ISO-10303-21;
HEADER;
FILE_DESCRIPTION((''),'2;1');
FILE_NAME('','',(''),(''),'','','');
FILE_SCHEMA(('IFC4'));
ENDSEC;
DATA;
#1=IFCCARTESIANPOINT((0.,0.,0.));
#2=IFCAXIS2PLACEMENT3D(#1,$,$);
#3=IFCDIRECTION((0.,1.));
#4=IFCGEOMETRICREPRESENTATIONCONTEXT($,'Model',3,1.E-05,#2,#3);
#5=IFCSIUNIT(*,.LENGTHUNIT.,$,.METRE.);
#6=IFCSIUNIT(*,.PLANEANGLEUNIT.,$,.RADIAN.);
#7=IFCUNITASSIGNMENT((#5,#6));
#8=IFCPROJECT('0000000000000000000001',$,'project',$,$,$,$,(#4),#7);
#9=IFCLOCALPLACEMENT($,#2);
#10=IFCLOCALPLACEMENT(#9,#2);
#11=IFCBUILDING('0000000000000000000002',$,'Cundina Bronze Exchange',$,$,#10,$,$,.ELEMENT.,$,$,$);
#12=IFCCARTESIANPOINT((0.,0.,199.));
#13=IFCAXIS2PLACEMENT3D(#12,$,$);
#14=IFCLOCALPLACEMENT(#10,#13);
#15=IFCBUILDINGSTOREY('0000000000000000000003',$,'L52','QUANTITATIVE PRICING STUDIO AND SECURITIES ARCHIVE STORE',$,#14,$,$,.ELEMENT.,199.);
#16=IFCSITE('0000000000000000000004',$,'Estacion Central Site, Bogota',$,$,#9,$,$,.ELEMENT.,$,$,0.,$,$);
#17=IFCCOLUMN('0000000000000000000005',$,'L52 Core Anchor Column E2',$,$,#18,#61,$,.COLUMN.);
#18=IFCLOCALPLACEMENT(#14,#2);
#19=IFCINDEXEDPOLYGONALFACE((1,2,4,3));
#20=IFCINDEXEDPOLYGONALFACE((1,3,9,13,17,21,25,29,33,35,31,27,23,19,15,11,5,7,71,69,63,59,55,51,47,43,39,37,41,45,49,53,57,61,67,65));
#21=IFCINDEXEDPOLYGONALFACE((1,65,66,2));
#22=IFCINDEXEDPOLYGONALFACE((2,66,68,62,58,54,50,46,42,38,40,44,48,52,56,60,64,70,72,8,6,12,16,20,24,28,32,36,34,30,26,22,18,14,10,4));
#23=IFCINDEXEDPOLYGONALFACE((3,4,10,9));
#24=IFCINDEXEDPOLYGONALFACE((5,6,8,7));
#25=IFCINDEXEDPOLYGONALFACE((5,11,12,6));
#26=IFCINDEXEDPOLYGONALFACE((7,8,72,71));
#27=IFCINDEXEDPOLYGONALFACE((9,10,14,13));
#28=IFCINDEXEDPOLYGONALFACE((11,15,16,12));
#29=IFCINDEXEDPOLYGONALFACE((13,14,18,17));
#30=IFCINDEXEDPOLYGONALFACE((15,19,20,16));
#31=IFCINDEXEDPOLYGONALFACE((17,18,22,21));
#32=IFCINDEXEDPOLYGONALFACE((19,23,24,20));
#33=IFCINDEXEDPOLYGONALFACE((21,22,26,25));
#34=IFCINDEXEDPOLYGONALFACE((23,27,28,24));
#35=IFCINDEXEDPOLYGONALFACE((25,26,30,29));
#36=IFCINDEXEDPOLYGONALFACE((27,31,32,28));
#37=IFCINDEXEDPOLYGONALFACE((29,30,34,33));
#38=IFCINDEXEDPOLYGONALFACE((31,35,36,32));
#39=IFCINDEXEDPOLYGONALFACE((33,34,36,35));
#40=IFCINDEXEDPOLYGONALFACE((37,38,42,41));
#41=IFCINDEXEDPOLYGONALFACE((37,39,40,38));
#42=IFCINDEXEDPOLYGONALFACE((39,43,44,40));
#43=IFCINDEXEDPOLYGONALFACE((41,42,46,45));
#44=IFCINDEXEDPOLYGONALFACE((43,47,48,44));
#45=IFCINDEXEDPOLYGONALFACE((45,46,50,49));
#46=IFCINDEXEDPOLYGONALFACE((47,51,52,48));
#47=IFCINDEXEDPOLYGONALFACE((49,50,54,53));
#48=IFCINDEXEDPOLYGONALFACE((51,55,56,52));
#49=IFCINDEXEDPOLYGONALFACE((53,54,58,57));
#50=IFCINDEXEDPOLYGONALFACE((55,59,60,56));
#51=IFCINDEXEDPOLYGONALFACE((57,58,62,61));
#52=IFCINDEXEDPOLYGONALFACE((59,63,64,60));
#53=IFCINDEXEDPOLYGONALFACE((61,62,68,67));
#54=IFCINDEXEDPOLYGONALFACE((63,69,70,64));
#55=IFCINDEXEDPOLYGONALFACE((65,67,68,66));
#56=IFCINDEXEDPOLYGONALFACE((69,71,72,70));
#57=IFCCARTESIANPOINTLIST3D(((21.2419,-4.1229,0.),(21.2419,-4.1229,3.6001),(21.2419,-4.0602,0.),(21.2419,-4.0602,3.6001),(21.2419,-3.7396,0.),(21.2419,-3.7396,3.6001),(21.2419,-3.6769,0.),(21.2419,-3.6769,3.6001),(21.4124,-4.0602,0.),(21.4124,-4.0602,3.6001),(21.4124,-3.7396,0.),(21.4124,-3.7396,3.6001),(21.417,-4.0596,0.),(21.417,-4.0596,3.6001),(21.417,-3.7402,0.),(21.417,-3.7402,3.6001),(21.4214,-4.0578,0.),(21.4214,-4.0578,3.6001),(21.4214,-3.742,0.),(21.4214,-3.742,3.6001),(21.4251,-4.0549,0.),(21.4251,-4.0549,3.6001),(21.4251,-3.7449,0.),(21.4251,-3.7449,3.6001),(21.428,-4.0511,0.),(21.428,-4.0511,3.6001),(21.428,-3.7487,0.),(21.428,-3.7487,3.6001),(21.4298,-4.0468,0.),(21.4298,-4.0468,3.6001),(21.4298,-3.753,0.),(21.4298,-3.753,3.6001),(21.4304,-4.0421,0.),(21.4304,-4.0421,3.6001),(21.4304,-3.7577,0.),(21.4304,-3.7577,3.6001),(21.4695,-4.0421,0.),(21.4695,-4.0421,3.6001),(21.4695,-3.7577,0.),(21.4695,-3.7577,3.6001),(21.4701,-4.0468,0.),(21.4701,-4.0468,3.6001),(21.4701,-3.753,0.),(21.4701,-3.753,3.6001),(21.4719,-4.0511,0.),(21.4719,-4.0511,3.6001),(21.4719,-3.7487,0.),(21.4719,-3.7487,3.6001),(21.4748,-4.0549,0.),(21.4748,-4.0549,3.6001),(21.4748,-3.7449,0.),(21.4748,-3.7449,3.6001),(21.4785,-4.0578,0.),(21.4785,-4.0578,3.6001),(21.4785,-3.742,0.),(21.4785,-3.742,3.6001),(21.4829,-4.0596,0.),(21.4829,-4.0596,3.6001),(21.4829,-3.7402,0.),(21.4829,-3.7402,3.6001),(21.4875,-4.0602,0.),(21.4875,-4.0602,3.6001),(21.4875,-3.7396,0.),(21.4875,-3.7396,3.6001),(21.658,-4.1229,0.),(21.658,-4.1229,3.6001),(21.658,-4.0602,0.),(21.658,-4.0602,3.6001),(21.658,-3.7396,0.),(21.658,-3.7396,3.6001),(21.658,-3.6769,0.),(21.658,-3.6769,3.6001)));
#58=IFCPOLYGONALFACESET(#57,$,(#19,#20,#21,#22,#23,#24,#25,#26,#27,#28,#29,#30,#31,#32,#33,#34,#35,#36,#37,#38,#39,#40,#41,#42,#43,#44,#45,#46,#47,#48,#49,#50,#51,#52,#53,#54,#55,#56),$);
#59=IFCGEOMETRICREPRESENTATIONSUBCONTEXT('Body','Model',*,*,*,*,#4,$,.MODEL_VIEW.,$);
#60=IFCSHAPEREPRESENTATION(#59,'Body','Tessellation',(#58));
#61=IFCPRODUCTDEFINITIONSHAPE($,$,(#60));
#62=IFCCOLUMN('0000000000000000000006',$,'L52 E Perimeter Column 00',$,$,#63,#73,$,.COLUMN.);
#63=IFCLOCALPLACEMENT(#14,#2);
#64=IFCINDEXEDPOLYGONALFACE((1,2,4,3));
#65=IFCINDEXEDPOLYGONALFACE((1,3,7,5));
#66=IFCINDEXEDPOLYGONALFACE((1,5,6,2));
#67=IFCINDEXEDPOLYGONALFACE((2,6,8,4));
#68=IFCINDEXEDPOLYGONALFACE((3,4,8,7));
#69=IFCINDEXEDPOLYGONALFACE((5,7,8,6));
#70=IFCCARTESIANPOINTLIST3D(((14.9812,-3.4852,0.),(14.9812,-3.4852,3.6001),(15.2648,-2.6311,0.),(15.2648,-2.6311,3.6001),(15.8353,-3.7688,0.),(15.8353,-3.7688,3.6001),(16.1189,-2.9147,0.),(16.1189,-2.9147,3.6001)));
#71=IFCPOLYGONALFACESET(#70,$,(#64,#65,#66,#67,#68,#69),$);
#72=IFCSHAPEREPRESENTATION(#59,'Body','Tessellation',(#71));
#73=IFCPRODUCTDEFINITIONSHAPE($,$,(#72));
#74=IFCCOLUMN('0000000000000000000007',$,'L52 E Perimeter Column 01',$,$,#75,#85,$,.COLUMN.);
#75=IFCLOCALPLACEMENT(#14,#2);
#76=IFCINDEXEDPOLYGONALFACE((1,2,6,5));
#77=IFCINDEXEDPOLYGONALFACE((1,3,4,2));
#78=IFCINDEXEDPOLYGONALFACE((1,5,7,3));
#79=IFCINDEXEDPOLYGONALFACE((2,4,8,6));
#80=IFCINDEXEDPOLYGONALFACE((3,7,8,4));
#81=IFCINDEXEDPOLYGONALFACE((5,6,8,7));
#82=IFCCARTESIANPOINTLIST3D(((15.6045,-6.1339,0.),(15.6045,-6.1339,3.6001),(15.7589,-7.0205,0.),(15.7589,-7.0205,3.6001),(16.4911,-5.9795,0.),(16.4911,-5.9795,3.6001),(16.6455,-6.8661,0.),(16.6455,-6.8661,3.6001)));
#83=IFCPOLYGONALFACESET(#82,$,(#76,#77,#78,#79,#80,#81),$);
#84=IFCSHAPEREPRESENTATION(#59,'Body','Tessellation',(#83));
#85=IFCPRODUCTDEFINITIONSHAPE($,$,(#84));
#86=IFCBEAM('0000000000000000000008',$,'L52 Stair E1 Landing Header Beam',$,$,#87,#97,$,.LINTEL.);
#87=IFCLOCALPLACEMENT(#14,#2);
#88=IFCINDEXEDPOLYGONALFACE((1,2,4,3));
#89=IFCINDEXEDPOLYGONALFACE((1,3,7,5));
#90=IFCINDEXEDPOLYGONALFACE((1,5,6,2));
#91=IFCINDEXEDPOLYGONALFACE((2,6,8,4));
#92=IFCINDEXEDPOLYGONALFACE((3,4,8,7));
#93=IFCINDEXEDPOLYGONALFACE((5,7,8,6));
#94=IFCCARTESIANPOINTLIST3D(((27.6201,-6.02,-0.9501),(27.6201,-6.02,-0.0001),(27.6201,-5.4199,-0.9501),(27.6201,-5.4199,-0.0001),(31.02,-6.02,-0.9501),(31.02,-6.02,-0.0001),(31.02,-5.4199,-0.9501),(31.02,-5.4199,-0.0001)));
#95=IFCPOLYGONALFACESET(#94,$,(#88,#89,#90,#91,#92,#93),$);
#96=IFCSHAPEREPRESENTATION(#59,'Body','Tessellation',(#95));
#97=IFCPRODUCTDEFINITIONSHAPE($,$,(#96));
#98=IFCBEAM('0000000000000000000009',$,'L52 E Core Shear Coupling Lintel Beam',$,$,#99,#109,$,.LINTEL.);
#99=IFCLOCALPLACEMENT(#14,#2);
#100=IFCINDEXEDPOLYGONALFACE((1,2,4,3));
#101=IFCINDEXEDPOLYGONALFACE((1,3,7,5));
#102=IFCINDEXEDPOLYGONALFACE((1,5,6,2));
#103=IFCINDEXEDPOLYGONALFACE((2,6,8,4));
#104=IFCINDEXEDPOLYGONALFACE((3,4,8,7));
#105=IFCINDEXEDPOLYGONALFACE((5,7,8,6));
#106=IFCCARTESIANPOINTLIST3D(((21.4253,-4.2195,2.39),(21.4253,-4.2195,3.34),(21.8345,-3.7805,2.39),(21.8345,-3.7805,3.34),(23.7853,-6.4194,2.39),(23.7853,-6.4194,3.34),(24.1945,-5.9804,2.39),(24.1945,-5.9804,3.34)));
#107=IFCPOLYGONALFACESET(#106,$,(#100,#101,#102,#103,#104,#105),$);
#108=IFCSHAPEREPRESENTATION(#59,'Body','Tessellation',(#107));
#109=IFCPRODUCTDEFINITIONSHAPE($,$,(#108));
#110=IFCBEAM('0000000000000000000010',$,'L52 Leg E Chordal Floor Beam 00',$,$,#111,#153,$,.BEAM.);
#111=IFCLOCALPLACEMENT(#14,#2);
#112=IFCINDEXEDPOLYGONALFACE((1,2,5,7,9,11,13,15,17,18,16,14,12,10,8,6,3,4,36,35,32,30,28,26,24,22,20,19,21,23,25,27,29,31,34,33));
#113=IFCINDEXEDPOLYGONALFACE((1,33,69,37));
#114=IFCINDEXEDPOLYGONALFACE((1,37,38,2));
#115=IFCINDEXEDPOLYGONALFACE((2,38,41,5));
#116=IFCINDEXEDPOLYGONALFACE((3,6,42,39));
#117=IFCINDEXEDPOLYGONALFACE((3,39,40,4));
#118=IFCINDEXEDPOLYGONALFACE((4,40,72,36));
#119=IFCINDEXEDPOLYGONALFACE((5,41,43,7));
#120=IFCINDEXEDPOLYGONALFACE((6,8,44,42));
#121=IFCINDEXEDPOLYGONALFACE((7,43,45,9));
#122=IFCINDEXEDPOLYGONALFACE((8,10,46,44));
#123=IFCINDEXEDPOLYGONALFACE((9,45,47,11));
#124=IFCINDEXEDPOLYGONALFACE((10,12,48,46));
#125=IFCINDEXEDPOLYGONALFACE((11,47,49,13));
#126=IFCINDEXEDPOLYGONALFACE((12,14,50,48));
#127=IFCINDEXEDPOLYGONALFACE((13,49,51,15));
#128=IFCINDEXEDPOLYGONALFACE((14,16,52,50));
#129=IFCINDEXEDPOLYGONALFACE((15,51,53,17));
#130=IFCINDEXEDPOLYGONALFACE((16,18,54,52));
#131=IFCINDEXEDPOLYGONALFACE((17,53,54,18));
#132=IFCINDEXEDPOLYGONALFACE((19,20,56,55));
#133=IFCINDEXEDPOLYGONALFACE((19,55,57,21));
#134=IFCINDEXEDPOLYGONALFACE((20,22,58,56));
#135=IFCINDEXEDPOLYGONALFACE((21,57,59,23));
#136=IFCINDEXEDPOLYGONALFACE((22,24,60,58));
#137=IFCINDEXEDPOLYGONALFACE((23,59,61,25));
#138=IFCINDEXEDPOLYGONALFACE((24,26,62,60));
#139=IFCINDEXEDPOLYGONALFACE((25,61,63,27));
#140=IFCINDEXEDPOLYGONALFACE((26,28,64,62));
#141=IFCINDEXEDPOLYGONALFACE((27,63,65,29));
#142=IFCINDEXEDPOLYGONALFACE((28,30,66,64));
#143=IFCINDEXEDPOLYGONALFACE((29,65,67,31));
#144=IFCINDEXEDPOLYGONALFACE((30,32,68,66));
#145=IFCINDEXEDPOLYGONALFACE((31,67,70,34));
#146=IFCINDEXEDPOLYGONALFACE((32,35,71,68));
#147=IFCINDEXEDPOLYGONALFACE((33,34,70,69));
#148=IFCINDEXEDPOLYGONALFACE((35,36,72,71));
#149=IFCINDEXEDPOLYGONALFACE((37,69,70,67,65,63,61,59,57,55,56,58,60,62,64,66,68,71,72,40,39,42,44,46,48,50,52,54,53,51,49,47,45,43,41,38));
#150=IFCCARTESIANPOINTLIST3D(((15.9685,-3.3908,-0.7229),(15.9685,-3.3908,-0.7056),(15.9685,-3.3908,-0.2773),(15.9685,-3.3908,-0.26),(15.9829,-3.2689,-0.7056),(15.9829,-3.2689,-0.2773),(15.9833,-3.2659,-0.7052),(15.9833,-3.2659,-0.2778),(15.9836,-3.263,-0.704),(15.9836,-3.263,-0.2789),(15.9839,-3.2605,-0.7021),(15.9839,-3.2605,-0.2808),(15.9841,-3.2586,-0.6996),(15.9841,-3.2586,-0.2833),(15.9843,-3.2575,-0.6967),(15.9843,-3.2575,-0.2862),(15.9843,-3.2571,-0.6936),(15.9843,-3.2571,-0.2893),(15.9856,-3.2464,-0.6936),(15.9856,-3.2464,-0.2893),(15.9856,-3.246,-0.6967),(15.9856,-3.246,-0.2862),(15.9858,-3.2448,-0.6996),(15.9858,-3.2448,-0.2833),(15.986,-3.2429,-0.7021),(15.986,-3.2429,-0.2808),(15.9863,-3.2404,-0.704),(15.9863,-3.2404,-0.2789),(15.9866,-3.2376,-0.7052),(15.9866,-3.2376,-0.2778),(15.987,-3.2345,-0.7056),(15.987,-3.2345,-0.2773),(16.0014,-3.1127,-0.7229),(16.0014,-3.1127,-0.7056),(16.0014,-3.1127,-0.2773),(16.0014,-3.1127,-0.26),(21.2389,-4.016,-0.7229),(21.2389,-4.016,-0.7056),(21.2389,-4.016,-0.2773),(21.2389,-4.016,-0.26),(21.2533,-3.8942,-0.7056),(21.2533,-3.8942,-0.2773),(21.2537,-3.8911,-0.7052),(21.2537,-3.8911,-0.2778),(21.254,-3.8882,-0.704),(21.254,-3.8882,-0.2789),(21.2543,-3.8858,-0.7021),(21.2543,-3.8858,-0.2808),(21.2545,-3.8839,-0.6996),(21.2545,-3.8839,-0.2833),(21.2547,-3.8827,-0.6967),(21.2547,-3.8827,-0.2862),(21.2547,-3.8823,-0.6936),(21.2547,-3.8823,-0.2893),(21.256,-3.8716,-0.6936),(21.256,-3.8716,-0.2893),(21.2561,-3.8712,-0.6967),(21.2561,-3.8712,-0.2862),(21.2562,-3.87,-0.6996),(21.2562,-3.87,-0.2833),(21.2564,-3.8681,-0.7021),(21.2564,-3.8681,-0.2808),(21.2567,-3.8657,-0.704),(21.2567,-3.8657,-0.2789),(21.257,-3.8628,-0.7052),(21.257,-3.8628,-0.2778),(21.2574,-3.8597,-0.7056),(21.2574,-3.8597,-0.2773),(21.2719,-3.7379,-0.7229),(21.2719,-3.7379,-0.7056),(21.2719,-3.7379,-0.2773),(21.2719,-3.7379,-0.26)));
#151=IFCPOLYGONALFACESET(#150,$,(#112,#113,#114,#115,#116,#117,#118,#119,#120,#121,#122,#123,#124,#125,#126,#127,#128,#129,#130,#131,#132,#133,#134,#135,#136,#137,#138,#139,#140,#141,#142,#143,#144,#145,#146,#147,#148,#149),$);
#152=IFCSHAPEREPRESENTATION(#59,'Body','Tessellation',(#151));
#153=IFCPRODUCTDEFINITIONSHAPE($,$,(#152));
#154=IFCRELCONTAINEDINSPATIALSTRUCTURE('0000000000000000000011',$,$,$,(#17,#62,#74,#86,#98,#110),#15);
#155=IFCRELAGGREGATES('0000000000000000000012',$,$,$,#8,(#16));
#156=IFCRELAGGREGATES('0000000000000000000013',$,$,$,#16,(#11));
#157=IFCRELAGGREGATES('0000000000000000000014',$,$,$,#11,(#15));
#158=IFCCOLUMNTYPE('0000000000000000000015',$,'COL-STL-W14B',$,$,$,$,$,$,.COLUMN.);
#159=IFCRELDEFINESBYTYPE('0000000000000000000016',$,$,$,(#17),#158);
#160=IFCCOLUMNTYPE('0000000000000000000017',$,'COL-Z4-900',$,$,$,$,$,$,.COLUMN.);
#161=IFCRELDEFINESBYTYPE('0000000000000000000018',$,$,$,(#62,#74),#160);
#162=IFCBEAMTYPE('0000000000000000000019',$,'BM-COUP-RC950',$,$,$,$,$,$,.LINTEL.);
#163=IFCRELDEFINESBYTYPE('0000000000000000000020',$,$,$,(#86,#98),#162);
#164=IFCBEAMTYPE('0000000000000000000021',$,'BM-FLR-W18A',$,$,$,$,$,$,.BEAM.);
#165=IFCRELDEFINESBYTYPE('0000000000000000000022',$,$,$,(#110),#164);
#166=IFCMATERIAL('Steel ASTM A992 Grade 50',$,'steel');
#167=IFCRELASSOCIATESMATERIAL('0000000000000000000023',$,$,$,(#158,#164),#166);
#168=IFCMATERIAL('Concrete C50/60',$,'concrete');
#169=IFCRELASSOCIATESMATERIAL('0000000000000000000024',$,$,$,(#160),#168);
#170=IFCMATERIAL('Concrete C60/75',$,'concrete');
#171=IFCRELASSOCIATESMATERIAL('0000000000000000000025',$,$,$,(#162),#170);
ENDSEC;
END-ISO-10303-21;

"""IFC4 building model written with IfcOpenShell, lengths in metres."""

from ifc_helpers import new_model, si_unit, direction, frame, origin, origin_2d, place, context, subcontext, project, spatial, rectangle, i_section, extrude, material, material_profile, profile_set, type_object, element, save


model = new_model("IFC4")

# Units and contexts
model_context = context("Model", 3, precision=1e-05, world=origin(), true_north=direction((0.0, 1.0)))
body_context = subcontext(model_context, "Body", "Model", "MODEL_VIEW")
ifc_project = project(units=[si_unit("LENGTHUNIT", "METRE"), si_unit("PLANEANGLEUNIT", "RADIAN")], contexts=[model_context])

# Site, building, storey
site_placement = place(None, origin())
site = spatial("IfcSite", under=ifc_project, at=site_placement, Name="Estacion Central Site, Bogota", CompositionType="ELEMENT", RefElevation=0.0)
building_placement = place(site_placement, origin())
building = spatial("IfcBuilding", under=site, at=building_placement, Name="Cundina Bronze Exchange", CompositionType="ELEMENT")
storey_placement = place(building_placement, frame((0.0, 0.0, 199.0)))
storey = spatial("IfcBuildingStorey", under=building, at=storey_placement, Name="L52", Description="QUANTITATIVE PRICING STUDIO AND SECURITIES ARCHIVE STORE", CompositionType="ELEMENT", Elevation=199.0)

# Columns
ifc_material_1 = material(Name="Steel ASTM A992 Grade 50", Category="steel")
ifc_material_profile_1 = material_profile(ifc_material_1, i_section(OverallWidth=0.416, OverallDepth=0.446, WebThickness=0.0391, FlangeThickness=0.0627, FilletRadius=0.0181, at=origin_2d()), Name="W14X342", Category="steel")
ifc_profile_set_1 = profile_set([ifc_material_profile_1], Name="Steel ASTM A992 Grade 50")
column_type_1 = type_object("IfcColumnType", Name="COL-STL-W14B", PredefinedType="COLUMN", material=ifc_profile_set_1)
column_placement = place(storey_placement, frame((21.45, -3.8999, 0.0), z_axis=(0.0, 0.0, 1.0), x_axis=(1.0, 0.0, 0.0)))
element("IfcColumn", 1, at=column_placement, inside=storey, type_object=column_type_1, Name="L52 Core Anchor Column E2", PredefinedType="COLUMN", context=body_context, shape_type="SweptSolid", body=[
    extrude(i_section(OverallWidth=0.416, OverallDepth=0.446, WebThickness=0.0391, FlangeThickness=0.0627, FilletRadius=0.0181, at=origin_2d()), origin(), (0.0, 0.0, 1.0), 3.6001),
])
ifc_material_2 = material(Name="Concrete C50/60", Category="concrete")
ifc_material_profile_2 = material_profile(ifc_material_2, rectangle(XDim=0.8999, YDim=0.8999, at=origin_2d()), Name="RC900X900", Category="concrete")
ifc_profile_set_2 = profile_set([ifc_material_profile_2], Name="Concrete C50/60")
column_type_2 = type_object("IfcColumnType", Name="COL-Z4-900", PredefinedType="COLUMN", material=ifc_profile_set_2)
for number, where, z_axis, x_axis, name in (
    (2, (15.55, -3.2, 0.0), (0.0, 0.0, 1.0), (-0.315152, -0.949041, 0.0), "L52 E Perimeter Column 00"),
    (3, (16.125, -6.5, 0.0), (0.0, 0.0, 1.0), (0.171585, -0.985169, 0.0), "L52 E Perimeter Column 01"),
):
    element("IfcColumn", number, at=place(storey_placement, frame(where, z_axis=z_axis, x_axis=x_axis)), inside=storey, type_object=column_type_2, Name=name, PredefinedType="COLUMN", context=body_context, shape_type="SweptSolid", body=[
        extrude(rectangle(XDim=0.8999, YDim=0.8999, at=origin_2d()), origin(), (0.0, 0.0, 1.0), 3.6001),
    ])

# Beams
ifc_material_3 = material(Name="Concrete C60/75", Category="concrete")
ifc_material_profile_3 = material_profile(ifc_material_3, rectangle(XDim=0.6001, YDim=0.95, at=origin_2d()), Name="RC600X950", Category="concrete")
ifc_profile_set_3 = profile_set([ifc_material_profile_3], Name="Concrete C60/75")
beam_type_1 = type_object("IfcBeamType", Name="BM-COUP-RC950", PredefinedType="LINTEL", material=ifc_profile_set_3)
beam_1_placement = place(storey_placement, frame((27.6201, -5.72, -0.4751), z_axis=(1.0, 0.0, 0.0), x_axis=(0.0, 1.0, 0.0)))
element("IfcBeam", 4, at=beam_1_placement, inside=storey, type_object=beam_type_1, Name="L52 Stair E1 Landing Header Beam", PredefinedType="LINTEL", context=body_context, shape_type="SweptSolid", body=[
    extrude(rectangle(XDim=0.6001, YDim=0.95, at=origin_2d()), origin(), (0.0, 0.0, 1.0), 3.3999),
])
beam_2_placement = place(storey_placement, frame((21.6299, -4.0, 2.865), z_axis=(0.73149, -0.681852, 0.0), x_axis=(0.681852, 0.73149, 0.0)))
element("IfcBeam", 5, at=beam_2_placement, inside=storey, type_object=beam_type_1, Name="L52 E Core Shear Coupling Lintel Beam", PredefinedType="LINTEL", context=body_context, shape_type="SweptSolid", body=[
    extrude(rectangle(XDim=0.6001, YDim=0.95, at=origin_2d()), origin(), (0.0, 0.0, 1.0), 3.2263),
])
ifc_material_profile_4 = material_profile(ifc_material_1, i_section(OverallWidth=0.28, OverallDepth=0.4629, WebThickness=0.0107, FlangeThickness=0.0173, FilletRadius=0.012, at=origin_2d()), Name="W18X76", Category="steel")
ifc_profile_set_4 = profile_set([ifc_material_profile_4], Name="Steel ASTM A992 Grade 50")
beam_type_2 = type_object("IfcBeamType", Name="BM-FLR-W18A", PredefinedType="BEAM", material=ifc_profile_set_4)
beam_3_placement = place(storey_placement, frame((21.2554, -3.877, -0.4915), z_axis=(-0.993037, 0.117805, 0.0), x_axis=(-0.117805, -0.993037, 0.0)))
element("IfcBeam", 6, at=beam_3_placement, inside=storey, type_object=beam_type_2, Name="L52 Leg E Chordal Floor Beam 00", PredefinedType="BEAM", context=body_context, shape_type="SweptSolid", body=[
    extrude(i_section(OverallWidth=0.28, OverallDepth=0.4629, WebThickness=0.0107, FlangeThickness=0.0173, FilletRadius=0.012, at=origin_2d()), origin(), (0.0, 0.0, 1.0), 5.3074),
])

save(model, "model.ifc")
